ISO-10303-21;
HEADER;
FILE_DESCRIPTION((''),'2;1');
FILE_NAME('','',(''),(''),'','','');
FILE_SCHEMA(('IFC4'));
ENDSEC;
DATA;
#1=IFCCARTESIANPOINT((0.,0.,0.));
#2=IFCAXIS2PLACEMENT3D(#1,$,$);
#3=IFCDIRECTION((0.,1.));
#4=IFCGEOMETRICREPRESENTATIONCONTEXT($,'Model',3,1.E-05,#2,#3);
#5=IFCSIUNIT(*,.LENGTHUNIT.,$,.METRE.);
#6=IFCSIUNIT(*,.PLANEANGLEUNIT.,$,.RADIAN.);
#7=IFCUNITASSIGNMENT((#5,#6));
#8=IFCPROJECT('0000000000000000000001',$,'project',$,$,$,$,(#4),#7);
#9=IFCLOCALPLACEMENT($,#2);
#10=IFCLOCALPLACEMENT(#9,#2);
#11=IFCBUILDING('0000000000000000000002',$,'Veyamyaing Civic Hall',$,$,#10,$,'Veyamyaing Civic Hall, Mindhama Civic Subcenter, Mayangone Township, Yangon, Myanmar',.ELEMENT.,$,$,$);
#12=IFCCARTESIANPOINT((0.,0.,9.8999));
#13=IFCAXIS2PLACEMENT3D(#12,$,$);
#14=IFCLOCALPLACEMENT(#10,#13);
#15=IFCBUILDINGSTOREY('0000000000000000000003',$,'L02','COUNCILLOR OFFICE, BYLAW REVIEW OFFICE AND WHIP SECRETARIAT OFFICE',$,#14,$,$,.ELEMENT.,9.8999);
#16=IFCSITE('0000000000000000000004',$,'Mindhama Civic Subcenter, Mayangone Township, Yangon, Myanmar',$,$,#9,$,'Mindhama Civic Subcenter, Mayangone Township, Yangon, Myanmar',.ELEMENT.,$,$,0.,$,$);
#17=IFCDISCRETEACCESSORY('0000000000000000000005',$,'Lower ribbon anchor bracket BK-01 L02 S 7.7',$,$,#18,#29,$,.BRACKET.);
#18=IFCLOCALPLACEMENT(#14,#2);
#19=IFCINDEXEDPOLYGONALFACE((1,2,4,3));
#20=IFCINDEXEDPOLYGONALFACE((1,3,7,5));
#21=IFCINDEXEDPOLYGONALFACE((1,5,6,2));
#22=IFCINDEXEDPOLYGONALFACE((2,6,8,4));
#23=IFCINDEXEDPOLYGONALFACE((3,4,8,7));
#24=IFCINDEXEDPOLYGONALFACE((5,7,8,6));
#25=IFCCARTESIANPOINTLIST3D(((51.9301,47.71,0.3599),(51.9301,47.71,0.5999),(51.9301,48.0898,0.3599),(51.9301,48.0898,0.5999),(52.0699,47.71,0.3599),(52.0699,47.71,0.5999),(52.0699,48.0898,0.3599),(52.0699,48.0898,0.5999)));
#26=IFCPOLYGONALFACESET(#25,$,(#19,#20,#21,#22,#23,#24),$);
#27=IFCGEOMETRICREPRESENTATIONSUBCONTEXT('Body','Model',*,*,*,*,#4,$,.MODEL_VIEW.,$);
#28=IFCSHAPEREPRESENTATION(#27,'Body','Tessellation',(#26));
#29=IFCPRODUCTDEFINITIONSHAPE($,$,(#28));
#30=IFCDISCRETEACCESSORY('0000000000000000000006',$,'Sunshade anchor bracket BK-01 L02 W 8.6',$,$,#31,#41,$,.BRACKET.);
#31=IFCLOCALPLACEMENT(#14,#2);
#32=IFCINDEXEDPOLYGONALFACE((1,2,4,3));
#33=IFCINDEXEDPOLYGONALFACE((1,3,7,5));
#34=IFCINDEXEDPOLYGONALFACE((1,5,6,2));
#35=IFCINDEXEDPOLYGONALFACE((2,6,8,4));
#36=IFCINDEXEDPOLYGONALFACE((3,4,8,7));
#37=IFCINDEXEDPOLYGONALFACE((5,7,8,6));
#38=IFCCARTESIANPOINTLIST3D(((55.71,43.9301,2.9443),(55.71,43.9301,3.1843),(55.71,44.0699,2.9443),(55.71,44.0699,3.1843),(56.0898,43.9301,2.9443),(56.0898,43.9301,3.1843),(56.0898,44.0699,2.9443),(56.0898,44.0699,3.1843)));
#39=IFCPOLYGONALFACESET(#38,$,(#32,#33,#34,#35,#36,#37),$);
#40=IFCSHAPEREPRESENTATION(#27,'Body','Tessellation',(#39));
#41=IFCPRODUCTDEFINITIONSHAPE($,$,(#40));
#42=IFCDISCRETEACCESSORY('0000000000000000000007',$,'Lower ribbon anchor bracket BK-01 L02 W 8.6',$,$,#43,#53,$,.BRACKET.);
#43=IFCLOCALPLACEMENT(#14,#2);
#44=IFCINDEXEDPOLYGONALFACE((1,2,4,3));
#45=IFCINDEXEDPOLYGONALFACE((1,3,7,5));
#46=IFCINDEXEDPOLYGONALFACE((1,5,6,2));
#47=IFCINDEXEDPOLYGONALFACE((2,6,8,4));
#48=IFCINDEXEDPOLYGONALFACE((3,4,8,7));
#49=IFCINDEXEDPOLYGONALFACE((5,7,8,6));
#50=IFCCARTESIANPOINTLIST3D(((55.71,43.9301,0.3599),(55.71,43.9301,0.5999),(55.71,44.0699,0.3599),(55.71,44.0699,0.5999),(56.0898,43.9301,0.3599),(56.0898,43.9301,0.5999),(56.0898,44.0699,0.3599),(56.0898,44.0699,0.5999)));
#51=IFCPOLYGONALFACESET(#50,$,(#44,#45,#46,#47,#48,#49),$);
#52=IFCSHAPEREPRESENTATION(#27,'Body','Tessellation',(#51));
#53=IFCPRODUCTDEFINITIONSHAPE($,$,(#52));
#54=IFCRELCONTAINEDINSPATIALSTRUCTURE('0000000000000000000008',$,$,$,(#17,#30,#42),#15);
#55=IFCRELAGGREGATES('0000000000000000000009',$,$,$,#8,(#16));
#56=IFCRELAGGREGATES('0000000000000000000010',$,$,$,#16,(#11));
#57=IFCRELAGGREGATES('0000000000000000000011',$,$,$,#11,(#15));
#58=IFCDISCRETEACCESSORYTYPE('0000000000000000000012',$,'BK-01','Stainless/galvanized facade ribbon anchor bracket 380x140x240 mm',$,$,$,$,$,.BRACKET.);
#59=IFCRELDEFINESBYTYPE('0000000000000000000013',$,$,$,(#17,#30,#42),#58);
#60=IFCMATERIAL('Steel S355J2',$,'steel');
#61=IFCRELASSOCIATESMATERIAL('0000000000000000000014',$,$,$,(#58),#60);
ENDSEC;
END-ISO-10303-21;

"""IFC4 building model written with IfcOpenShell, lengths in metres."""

from ifc_helpers import new_model, si_unit, direction, frame, origin, origin_2d, place, context, subcontext, project, spatial, rectangle, extrude, material, type_object, element, save


model = new_model("IFC4")

# Units and contexts
model_context = context("Model", 3, precision=1e-05, world=origin(), true_north=direction((0.0, 1.0)))
body_context = subcontext(model_context, "Body", "Model", "MODEL_VIEW")
ifc_project = project(units=[si_unit("LENGTHUNIT", "METRE"), si_unit("PLANEANGLEUNIT", "RADIAN")], contexts=[model_context])

# Site, building, storey
site_placement = place(None, origin())
site = spatial("IfcSite", under=ifc_project, at=site_placement, Name="Mindhama Civic Subcenter, Mayangone Township, Yangon, Myanmar", LongName="Mindhama Civic Subcenter, Mayangone Township, Yangon, Myanmar", CompositionType="ELEMENT", RefElevation=0.0)
building_placement = place(site_placement, origin())
building = spatial("IfcBuilding", under=site, at=building_placement, Name="Veyamyaing Civic Hall", LongName="Veyamyaing Civic Hall, Mindhama Civic Subcenter, Mayangone Township, Yangon, Myanmar", CompositionType="ELEMENT")
storey_placement = place(building_placement, frame((0.0, 0.0, 9.8999)))
storey = spatial("IfcBuildingStorey", under=building, at=storey_placement, Name="L02", Description="COUNCILLOR OFFICE, BYLAW REVIEW OFFICE AND WHIP SECRETARIAT OFFICE", CompositionType="ELEMENT", Elevation=9.8999)

# Discrete accessories
ifc_material_1 = material(Name="Steel S355J2", Category="steel")
discrete_accessory_type = type_object("IfcDiscreteAccessoryType", Name="BK-01", Description="Stainless/galvanized facade ribbon anchor bracket 380x140x240 mm", PredefinedType="BRACKET", material=ifc_material_1)
for number, where, z_axis, x_axis, name in (
    (1, (52.0, 47.8999, 0.3599), (0.0, 0.0, 1.0), (0.0, -1.0, 0.0), "Lower ribbon anchor bracket BK-01 L02 S 7.7"),
    (2, (55.8999, 44.0, 2.9443), (0.0, 0.0, 1.0), (-1.0, 0.0, 0.0), "Sunshade anchor bracket BK-01 L02 W 8.6"),
    (3, (55.8999, 44.0, 0.3599), (0.0, 0.0, 1.0), (-1.0, 0.0, 0.0), "Lower ribbon anchor bracket BK-01 L02 W 8.6"),
):
    element("IfcDiscreteAccessory", number, at=place(storey_placement, frame(where, z_axis=z_axis, x_axis=x_axis)), inside=storey, type_object=discrete_accessory_type, Name=name, PredefinedType="BRACKET", context=body_context, shape_type="SweptSolid", body=[
        extrude(rectangle(XDim=0.3799, YDim=0.1399, at=origin_2d()), origin(), (0.0, 0.0, 1.0), 0.24),
    ])

save(model, "model.ifc")
